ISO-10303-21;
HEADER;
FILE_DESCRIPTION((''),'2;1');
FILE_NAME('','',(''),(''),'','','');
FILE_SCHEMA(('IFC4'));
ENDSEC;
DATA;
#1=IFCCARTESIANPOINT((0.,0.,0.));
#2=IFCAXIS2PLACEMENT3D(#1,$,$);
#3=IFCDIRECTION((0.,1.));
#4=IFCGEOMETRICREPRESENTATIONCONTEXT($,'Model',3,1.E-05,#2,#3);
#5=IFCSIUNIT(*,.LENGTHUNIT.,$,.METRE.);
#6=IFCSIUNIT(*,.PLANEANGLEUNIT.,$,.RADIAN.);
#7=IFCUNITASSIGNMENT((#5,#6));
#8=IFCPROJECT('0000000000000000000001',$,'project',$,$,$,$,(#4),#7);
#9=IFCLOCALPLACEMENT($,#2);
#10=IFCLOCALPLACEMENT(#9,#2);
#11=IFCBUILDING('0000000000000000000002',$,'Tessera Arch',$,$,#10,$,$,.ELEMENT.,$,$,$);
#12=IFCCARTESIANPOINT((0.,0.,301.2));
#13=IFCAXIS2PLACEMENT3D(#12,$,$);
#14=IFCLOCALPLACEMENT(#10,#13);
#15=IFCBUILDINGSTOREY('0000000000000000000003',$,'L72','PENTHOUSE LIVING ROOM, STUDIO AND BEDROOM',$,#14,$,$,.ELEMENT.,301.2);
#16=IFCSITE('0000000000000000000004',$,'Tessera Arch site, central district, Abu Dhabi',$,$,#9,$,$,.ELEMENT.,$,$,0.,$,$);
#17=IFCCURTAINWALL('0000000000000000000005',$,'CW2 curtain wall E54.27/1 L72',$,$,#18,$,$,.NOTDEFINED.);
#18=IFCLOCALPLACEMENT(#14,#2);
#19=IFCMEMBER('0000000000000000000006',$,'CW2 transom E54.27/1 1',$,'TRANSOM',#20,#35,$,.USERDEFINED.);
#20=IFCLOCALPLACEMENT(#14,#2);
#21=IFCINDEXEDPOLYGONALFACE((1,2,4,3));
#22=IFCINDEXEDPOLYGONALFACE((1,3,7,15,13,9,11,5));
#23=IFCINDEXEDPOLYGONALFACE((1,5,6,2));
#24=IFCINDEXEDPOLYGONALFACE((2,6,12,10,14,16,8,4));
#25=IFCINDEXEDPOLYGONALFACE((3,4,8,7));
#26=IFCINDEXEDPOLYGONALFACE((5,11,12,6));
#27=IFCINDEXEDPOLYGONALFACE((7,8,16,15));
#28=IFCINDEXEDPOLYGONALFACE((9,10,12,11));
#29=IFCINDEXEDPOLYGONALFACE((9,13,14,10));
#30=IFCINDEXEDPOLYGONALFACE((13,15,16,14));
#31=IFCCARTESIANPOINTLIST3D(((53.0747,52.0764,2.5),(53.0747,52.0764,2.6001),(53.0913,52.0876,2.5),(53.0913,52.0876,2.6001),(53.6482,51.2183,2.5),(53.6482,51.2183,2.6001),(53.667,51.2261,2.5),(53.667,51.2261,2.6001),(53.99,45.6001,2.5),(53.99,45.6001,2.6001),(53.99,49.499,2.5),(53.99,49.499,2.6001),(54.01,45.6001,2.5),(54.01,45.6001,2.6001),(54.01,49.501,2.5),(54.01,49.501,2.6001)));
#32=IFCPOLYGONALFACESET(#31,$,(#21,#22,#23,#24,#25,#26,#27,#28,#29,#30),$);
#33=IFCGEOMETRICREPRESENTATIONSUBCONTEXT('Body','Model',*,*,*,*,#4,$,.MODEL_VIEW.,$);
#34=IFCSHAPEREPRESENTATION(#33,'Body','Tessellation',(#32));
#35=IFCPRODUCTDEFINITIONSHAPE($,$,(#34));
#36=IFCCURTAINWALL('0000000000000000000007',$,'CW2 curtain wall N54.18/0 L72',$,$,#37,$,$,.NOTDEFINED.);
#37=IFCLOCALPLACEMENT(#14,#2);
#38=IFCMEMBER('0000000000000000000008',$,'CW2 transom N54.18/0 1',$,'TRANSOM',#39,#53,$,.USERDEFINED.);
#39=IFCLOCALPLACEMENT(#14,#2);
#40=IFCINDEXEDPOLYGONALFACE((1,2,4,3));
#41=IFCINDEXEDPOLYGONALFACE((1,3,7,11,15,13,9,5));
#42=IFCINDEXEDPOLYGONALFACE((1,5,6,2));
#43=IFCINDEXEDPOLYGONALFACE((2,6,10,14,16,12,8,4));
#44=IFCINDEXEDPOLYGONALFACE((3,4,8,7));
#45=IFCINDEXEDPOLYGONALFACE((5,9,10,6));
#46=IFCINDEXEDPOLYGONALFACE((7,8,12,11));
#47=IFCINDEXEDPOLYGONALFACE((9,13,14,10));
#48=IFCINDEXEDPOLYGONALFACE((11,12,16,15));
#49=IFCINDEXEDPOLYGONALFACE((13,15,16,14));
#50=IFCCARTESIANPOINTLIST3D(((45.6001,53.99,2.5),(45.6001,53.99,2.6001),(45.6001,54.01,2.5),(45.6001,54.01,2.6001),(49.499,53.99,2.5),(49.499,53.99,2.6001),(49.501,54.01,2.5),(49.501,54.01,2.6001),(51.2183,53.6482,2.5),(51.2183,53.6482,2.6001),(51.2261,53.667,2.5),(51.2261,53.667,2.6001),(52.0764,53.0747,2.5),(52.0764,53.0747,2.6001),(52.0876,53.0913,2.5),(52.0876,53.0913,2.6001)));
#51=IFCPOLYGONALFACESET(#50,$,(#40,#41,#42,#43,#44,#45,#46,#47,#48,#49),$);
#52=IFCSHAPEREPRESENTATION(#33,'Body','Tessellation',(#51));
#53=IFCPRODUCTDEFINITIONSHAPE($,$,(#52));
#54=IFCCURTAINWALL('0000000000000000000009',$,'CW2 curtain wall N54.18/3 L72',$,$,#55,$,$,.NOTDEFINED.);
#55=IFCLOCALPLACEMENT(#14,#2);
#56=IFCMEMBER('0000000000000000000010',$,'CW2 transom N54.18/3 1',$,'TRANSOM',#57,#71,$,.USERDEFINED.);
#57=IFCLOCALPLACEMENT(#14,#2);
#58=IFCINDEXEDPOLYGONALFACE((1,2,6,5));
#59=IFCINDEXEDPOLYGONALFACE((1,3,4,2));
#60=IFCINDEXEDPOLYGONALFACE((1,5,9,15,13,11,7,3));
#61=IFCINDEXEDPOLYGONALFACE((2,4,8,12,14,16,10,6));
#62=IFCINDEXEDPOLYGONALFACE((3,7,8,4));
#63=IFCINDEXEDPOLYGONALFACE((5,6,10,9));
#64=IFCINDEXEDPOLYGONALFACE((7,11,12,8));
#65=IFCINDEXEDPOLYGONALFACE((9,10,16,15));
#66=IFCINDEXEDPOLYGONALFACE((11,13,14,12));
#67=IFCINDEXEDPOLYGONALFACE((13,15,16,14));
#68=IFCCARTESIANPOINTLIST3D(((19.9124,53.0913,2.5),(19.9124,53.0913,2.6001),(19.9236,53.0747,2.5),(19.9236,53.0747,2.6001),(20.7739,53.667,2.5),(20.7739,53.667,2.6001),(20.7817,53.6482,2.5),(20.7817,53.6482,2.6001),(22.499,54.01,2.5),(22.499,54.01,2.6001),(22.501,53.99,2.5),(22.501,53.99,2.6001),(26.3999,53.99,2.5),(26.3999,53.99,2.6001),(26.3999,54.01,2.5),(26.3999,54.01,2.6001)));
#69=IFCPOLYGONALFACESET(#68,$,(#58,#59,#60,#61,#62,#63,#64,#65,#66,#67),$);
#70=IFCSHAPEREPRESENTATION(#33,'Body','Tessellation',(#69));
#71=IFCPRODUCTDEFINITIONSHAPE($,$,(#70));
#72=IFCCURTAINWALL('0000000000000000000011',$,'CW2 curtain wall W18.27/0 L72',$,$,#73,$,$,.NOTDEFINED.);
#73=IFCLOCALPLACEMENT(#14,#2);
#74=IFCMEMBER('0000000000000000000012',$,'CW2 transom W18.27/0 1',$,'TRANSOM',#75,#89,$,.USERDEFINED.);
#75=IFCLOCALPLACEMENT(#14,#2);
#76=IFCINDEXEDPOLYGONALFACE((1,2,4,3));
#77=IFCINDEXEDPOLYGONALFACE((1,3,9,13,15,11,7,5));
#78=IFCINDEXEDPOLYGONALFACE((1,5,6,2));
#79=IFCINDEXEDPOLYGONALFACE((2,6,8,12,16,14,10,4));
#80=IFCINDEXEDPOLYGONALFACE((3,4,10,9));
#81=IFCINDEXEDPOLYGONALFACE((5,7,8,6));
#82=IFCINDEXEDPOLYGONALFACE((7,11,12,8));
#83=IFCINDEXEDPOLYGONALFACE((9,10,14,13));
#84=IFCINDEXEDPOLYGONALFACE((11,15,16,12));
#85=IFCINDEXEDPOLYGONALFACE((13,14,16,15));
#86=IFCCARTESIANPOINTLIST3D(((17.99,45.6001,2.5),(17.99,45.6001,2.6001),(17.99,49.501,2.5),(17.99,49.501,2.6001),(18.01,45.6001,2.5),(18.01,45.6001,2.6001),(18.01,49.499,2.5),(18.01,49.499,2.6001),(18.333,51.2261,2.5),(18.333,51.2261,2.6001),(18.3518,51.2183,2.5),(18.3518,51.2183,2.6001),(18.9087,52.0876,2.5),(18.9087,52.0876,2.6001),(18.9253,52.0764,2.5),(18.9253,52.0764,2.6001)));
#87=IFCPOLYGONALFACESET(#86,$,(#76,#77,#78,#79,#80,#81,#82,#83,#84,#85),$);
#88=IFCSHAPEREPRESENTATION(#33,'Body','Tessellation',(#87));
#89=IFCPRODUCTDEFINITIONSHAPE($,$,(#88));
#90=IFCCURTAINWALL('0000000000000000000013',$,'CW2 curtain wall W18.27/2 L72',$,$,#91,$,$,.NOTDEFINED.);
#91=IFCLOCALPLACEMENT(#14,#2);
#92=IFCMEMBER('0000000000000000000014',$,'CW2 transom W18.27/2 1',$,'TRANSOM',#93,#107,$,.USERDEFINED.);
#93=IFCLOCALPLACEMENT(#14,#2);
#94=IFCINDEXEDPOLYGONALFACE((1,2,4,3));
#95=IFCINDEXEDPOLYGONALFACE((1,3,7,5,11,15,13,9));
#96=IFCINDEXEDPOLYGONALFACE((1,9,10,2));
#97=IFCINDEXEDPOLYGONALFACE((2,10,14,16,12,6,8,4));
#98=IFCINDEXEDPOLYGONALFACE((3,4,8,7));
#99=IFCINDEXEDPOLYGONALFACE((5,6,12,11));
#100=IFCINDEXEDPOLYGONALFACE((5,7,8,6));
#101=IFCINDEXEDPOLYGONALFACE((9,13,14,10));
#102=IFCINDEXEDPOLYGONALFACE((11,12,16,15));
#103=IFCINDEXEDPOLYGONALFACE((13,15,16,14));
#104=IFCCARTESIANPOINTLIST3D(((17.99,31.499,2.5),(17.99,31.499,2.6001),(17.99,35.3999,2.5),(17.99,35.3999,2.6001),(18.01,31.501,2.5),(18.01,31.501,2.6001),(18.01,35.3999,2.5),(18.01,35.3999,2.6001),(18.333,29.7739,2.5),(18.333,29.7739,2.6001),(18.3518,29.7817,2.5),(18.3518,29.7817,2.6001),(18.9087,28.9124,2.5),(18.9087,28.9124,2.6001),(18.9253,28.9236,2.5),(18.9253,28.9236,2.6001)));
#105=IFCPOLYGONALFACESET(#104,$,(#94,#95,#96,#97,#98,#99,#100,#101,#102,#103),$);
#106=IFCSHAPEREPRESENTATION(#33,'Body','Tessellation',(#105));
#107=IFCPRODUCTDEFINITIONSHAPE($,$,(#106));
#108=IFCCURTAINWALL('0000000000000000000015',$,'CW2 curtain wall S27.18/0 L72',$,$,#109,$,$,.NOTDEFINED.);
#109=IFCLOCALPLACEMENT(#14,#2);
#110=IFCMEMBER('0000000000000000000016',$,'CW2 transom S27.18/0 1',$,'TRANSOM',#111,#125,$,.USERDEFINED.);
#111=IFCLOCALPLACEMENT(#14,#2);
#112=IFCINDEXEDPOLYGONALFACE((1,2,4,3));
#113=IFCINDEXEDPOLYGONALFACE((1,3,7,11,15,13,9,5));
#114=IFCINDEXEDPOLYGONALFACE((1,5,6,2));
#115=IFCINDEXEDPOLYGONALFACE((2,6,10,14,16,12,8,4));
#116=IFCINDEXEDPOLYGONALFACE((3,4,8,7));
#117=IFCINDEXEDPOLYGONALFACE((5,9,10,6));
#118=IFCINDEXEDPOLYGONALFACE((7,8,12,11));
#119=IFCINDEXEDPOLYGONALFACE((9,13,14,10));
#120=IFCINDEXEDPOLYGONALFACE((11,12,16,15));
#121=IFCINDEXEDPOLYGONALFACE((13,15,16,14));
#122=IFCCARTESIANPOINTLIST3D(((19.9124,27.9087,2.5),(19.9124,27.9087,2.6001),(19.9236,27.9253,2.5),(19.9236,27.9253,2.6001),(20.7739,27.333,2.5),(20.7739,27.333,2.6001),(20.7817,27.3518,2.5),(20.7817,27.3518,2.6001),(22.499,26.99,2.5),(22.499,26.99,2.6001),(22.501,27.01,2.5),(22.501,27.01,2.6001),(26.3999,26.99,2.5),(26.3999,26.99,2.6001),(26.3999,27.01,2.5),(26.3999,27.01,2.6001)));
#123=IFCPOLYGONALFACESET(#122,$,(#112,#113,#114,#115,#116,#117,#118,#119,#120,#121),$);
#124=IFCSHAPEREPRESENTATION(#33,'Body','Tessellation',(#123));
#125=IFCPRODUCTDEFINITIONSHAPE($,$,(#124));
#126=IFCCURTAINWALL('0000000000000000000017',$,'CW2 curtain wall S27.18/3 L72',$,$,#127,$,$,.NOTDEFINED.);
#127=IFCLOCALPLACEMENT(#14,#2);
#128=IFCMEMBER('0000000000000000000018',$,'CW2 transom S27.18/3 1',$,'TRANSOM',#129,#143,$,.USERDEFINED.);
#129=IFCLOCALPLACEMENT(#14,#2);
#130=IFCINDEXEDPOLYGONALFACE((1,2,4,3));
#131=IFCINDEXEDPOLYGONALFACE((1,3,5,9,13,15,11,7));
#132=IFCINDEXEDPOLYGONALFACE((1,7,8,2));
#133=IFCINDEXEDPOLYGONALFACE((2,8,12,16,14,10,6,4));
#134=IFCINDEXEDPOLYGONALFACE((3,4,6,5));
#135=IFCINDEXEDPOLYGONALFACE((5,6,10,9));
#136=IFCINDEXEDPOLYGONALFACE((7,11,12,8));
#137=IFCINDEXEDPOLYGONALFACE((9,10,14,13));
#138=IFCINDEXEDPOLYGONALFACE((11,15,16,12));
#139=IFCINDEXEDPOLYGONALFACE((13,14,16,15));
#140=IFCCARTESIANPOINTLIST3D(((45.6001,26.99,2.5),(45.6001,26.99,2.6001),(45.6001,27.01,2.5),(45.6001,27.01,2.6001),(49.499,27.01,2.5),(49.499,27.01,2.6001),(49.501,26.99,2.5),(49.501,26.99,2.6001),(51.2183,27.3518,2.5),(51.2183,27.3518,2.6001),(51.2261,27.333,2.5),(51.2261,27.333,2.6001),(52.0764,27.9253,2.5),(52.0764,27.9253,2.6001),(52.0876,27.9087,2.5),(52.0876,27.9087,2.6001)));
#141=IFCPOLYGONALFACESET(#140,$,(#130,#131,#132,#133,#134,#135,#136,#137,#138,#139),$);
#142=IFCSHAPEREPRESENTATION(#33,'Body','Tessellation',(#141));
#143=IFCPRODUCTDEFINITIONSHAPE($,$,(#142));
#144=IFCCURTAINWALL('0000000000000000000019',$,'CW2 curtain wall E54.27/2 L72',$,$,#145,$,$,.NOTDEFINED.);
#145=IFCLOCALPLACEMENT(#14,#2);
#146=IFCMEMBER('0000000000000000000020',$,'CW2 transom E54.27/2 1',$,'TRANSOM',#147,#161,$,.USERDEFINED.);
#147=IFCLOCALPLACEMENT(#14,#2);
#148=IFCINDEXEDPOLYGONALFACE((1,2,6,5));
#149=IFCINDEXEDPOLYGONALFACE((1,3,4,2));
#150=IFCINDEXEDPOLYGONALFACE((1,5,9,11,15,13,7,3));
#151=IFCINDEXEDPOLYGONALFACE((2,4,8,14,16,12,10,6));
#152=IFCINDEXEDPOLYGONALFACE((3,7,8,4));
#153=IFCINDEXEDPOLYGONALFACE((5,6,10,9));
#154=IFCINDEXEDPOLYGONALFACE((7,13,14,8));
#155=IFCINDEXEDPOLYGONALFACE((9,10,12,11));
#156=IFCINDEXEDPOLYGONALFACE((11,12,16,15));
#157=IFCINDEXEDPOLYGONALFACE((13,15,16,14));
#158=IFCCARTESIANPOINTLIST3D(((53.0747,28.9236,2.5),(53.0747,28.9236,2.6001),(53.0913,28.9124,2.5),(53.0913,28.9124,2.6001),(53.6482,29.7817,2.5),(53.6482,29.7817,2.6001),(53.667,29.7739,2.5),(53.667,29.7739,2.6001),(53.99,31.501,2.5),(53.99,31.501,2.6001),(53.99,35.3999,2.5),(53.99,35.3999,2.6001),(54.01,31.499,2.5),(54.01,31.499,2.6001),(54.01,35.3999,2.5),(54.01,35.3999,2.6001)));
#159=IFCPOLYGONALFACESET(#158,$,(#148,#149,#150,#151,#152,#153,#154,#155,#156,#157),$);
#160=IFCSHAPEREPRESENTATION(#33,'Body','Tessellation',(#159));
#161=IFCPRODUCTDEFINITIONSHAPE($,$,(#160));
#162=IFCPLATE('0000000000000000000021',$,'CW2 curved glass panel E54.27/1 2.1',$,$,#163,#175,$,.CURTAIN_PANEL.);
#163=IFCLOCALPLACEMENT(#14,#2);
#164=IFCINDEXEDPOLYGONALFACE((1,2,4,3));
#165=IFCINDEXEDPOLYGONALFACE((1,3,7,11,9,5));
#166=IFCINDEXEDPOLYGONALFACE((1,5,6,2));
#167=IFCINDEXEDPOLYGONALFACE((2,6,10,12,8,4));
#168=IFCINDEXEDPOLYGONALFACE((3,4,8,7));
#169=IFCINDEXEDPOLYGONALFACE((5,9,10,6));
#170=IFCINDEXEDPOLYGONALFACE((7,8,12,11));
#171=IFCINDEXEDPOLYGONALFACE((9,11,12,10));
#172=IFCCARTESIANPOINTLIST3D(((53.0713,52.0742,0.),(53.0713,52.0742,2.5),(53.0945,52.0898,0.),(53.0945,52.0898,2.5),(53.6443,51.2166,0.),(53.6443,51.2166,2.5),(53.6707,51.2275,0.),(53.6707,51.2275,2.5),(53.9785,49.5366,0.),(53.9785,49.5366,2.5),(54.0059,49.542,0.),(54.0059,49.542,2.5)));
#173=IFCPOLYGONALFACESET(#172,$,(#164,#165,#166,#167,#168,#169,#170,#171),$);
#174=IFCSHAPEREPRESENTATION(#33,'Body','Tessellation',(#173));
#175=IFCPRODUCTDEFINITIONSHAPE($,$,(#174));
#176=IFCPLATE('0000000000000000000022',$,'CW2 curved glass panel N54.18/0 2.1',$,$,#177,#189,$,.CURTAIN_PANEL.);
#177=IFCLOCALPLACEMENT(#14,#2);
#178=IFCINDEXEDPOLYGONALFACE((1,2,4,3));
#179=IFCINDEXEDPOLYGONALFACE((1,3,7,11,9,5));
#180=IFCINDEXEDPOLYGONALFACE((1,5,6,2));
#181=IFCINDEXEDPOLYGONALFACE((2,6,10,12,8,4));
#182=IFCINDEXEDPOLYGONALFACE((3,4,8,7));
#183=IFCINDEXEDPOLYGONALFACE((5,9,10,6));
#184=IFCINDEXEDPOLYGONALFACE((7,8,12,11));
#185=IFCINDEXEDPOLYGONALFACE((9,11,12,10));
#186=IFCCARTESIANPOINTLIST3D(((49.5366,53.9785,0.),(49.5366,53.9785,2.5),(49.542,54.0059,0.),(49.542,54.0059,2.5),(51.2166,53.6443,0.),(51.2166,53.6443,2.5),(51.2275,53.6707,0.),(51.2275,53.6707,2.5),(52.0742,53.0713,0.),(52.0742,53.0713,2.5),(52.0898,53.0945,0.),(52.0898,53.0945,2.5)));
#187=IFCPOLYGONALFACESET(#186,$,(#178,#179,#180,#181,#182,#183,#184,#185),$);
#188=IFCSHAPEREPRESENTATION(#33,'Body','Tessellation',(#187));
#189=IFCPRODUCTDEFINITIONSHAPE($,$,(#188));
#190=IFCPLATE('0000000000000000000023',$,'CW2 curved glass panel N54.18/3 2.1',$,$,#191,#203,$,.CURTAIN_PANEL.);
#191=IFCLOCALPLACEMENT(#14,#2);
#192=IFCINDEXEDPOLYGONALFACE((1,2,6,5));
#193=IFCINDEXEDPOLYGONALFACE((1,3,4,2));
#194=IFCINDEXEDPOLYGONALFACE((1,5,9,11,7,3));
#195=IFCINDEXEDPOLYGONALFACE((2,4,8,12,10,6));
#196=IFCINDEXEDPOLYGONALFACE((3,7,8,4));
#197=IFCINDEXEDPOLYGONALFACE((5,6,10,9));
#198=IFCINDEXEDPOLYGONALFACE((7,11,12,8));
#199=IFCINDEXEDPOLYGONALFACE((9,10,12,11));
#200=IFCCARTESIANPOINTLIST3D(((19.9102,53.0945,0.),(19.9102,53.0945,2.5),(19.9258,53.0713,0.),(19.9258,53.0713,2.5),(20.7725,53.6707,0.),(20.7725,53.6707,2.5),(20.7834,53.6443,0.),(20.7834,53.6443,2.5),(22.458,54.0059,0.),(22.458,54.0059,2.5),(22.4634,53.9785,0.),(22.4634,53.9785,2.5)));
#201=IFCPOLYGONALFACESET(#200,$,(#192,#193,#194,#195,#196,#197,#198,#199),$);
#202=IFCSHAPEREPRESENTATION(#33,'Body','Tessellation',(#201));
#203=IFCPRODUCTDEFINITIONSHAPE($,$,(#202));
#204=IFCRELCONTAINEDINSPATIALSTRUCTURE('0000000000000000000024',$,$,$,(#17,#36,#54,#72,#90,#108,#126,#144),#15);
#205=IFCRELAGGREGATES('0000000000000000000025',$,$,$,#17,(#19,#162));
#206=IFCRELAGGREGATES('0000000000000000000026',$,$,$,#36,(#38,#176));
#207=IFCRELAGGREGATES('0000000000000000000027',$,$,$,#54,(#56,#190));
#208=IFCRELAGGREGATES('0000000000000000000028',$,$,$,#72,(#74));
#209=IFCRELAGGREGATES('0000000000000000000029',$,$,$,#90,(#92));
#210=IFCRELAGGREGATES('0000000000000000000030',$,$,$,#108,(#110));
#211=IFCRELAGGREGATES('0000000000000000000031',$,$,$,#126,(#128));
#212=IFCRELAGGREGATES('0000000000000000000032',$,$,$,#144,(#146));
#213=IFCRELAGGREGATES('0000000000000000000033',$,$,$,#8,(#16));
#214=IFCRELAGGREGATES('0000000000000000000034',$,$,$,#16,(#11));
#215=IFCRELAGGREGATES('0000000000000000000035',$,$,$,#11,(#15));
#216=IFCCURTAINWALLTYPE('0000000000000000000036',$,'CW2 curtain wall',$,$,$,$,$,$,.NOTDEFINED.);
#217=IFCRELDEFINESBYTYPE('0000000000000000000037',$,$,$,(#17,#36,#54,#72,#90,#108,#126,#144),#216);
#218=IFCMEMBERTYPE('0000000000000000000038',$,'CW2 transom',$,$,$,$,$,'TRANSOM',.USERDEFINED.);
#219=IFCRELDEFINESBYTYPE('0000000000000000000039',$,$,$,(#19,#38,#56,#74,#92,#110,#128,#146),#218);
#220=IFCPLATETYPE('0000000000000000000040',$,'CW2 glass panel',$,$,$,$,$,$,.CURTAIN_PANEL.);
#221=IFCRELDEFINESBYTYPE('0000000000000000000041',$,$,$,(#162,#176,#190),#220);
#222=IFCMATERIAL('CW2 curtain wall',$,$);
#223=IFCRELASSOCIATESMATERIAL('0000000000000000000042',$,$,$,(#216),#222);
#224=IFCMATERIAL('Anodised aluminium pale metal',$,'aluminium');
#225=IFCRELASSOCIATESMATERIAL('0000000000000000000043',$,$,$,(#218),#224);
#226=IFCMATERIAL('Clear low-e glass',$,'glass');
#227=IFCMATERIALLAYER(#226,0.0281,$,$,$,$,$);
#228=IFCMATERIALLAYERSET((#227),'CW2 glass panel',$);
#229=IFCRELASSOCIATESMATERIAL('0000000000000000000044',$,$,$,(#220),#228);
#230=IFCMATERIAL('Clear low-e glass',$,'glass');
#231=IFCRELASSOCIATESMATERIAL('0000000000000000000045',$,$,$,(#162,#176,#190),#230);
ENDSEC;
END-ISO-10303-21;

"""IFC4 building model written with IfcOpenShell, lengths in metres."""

from ifc_helpers import new_model, si_unit, direction, frame, origin, origin_2d, place, context, subcontext, project, spatial, polyline, rectangle, outline, extrude, material, layer, layer_set, material_profile, profile_set, type_object, element, aggregate, save


model = new_model("IFC4")

# Units and contexts
model_context = context("Model", 3, precision=1e-05, world=origin(), true_north=direction((0.0, 1.0)))
body_context = subcontext(model_context, "Body", "Model", "MODEL_VIEW")
ifc_project = project(units=[si_unit("LENGTHUNIT", "METRE"), si_unit("PLANEANGLEUNIT", "RADIAN")], contexts=[model_context])

# Site, building, storey
site_placement = place(None, origin())
site = spatial("IfcSite", under=ifc_project, at=site_placement, Name="Tessera Arch site, central district, Abu Dhabi", CompositionType="ELEMENT", RefElevation=0.0)
building_placement = place(site_placement, origin())
building = spatial("IfcBuilding", under=site, at=building_placement, Name="Tessera Arch", CompositionType="ELEMENT")
storey_placement = place(building_placement, frame((0.0, 0.0, 301.2)))
storey = spatial("IfcBuildingStorey", under=building, at=storey_placement, Name="L72", Description="PENTHOUSE LIVING ROOM, STUDIO AND BEDROOM", CompositionType="ELEMENT", Elevation=301.2)

# Curtain walls, members
ifc_material_1 = material(Name="CW2 curtain wall")
curtain_wall_type = type_object("IfcCurtainWallType", Name="CW2 curtain wall", PredefinedType="NOTDEFINED", material=ifc_material_1)
curtain_wall_1_placement = place(storey_placement, origin())
curtain_wall_1 = element("IfcCurtainWall", 1, at=curtain_wall_1_placement, inside=storey, type_object=curtain_wall_type, Name="CW2 curtain wall E54.27/1 L72", PredefinedType="NOTDEFINED")
ifc_material_2 = material(Name="Anodised aluminium pale metal", Category="aluminium")
ifc_material_profile = material_profile(ifc_material_2, rectangle(XDim=0.2, YDim=0.1001, at=origin_2d()), Name="AL 200x100")
ifc_profile_set = profile_set([ifc_material_profile], Name="Anodised aluminium pale metal")
member_type = type_object("IfcMemberType", Name="CW2 transom", ElementType="TRANSOM", PredefinedType="USERDEFINED", material=ifc_profile_set)
member_1_placement = place(storey_placement, frame((0.0, 0.0, 2.5)))
member_1 = element("IfcMember", 2, at=member_1_placement, type_object=member_type, Name="CW2 transom E54.27/1 1", ObjectType="TRANSOM", PredefinedType="USERDEFINED", context=body_context, shape_type="SweptSolid", body=[
    extrude(outline(polyline([(53.99, 49.499), (53.99, 45.6001), (54.01, 45.6001), (54.01, 49.501), (53.667, 51.2261), (53.0913, 52.0876), (53.0747, 52.0764), (53.6482, 51.2183), (53.99, 49.499)])), origin(), (0.0, 0.0, 1.0), 0.1001),
])
curtain_wall_2_placement = place(storey_placement, origin())
curtain_wall_2 = element("IfcCurtainWall", 3, at=curtain_wall_2_placement, inside=storey, type_object=curtain_wall_type, Name="CW2 curtain wall N54.18/0 L72", PredefinedType="NOTDEFINED")
member_2_placement = place(storey_placement, frame((0.0, 0.0, 2.5)))
member_2 = element("IfcMember", 4, at=member_2_placement, type_object=member_type, Name="CW2 transom N54.18/0 1", ObjectType="TRANSOM", PredefinedType="USERDEFINED", context=body_context, shape_type="SweptSolid", body=[
    extrude(outline(polyline([(51.2183, 53.6482), (52.0764, 53.0747), (52.0876, 53.0913), (51.2261, 53.667), (49.501, 54.01), (45.6001, 54.01), (45.6001, 53.99), (49.499, 53.99), (51.2183, 53.6482)])), origin(), (0.0, 0.0, 1.0), 0.1001),
])
curtain_wall_3_placement = place(storey_placement, origin())
curtain_wall_3 = element("IfcCurtainWall", 5, at=curtain_wall_3_placement, inside=storey, type_object=curtain_wall_type, Name="CW2 curtain wall N54.18/3 L72", PredefinedType="NOTDEFINED")
member_3_placement = place(storey_placement, frame((0.0, 0.0, 2.5)))
member_3 = element("IfcMember", 6, at=member_3_placement, type_object=member_type, Name="CW2 transom N54.18/3 1", ObjectType="TRANSOM", PredefinedType="USERDEFINED", context=body_context, shape_type="SweptSolid", body=[
    extrude(outline(polyline([(22.501, 53.99), (26.3999, 53.99), (26.3999, 54.01), (22.499, 54.01), (20.7739, 53.667), (19.9124, 53.0913), (19.9236, 53.0747), (20.7817, 53.6482), (22.501, 53.99)])), origin(), (0.0, 0.0, 1.0), 0.1001),
])
curtain_wall_4_placement = place(storey_placement, origin())
curtain_wall_4 = element("IfcCurtainWall", 7, at=curtain_wall_4_placement, inside=storey, type_object=curtain_wall_type, Name="CW2 curtain wall W18.27/0 L72", PredefinedType="NOTDEFINED")
member_4_placement = place(storey_placement, frame((0.0, 0.0, 2.5)))
member_4 = element("IfcMember", 8, at=member_4_placement, type_object=member_type, Name="CW2 transom W18.27/0 1", ObjectType="TRANSOM", PredefinedType="USERDEFINED", context=body_context, shape_type="SweptSolid", body=[
    extrude(outline(polyline([(18.3518, 51.2183), (18.9253, 52.0764), (18.9087, 52.0876), (18.333, 51.2261), (17.99, 49.501), (17.99, 45.6001), (18.01, 45.6001), (18.01, 49.499), (18.3518, 51.2183)])), origin(), (0.0, 0.0, 1.0), 0.1001),
])
curtain_wall_5_placement = place(storey_placement, origin())
curtain_wall_5 = element("IfcCurtainWall", 9, at=curtain_wall_5_placement, inside=storey, type_object=curtain_wall_type, Name="CW2 curtain wall W18.27/2 L72", PredefinedType="NOTDEFINED")
member_5_placement = place(storey_placement, frame((0.0, 0.0, 2.5)))
member_5 = element("IfcMember", 10, at=member_5_placement, type_object=member_type, Name="CW2 transom W18.27/2 1", ObjectType="TRANSOM", PredefinedType="USERDEFINED", context=body_context, shape_type="SweptSolid", body=[
    extrude(outline(polyline([(18.01, 31.501), (18.01, 35.3999), (17.99, 35.3999), (17.99, 31.499), (18.333, 29.7739), (18.9087, 28.9124), (18.9253, 28.9236), (18.3518, 29.7817), (18.01, 31.501)])), origin(), (0.0, 0.0, 1.0), 0.1001),
])
curtain_wall_6_placement = place(storey_placement, origin())
curtain_wall_6 = element("IfcCurtainWall", 11, at=curtain_wall_6_placement, inside=storey, type_object=curtain_wall_type, Name="CW2 curtain wall S27.18/0 L72", PredefinedType="NOTDEFINED")
member_6_placement = place(storey_placement, frame((0.0, 0.0, 2.5)))
member_6 = element("IfcMember", 12, at=member_6_placement, type_object=member_type, Name="CW2 transom S27.18/0 1", ObjectType="TRANSOM", PredefinedType="USERDEFINED", context=body_context, shape_type="SweptSolid", body=[
    extrude(outline(polyline([(20.7817, 27.3518), (19.9236, 27.9253), (19.9124, 27.9087), (20.7739, 27.333), (22.499, 26.99), (26.3999, 26.99), (26.3999, 27.01), (22.501, 27.01), (20.7817, 27.3518)])), origin(), (0.0, 0.0, 1.0), 0.1001),
])
curtain_wall_7_placement = place(storey_placement, origin())
curtain_wall_7 = element("IfcCurtainWall", 13, at=curtain_wall_7_placement, inside=storey, type_object=curtain_wall_type, Name="CW2 curtain wall S27.18/3 L72", PredefinedType="NOTDEFINED")
member_7_placement = place(storey_placement, frame((0.0, 0.0, 2.5)))
member_7 = element("IfcMember", 14, at=member_7_placement, type_object=member_type, Name="CW2 transom S27.18/3 1", ObjectType="TRANSOM", PredefinedType="USERDEFINED", context=body_context, shape_type="SweptSolid", body=[
    extrude(outline(polyline([(49.499, 27.01), (45.6001, 27.01), (45.6001, 26.99), (49.501, 26.99), (51.2261, 27.333), (52.0876, 27.9087), (52.0764, 27.9253), (51.2183, 27.3518), (49.499, 27.01)])), origin(), (0.0, 0.0, 1.0), 0.1001),
])
curtain_wall_8_placement = place(storey_placement, origin())
curtain_wall_8 = element("IfcCurtainWall", 15, at=curtain_wall_8_placement, inside=storey, type_object=curtain_wall_type, Name="CW2 curtain wall E54.27/2 L72", PredefinedType="NOTDEFINED")
member_8_placement = place(storey_placement, frame((0.0, 0.0, 2.5)))
member_8 = element("IfcMember", 16, at=member_8_placement, type_object=member_type, Name="CW2 transom E54.27/2 1", ObjectType="TRANSOM", PredefinedType="USERDEFINED", context=body_context, shape_type="SweptSolid", body=[
    extrude(outline(polyline([(53.6482, 29.7817), (53.0747, 28.9236), (53.0913, 28.9124), (53.667, 29.7739), (54.01, 31.499), (54.01, 35.3999), (53.99, 35.3999), (53.99, 31.501), (53.6482, 29.7817)])), origin(), (0.0, 0.0, 1.0), 0.1001),
])

# Plates
ifc_material_3 = material(Name="Clear low-e glass", Category="glass")
ifc_material_4 = material(Name="Clear low-e glass", Category="glass")
ifc_layer_1 = layer(ifc_material_4, 0.0281)
ifc_layer_set_1 = layer_set([ifc_layer_1], Name="CW2 glass panel")
plate_type_1 = type_object("IfcPlateType", Name="CW2 glass panel", PredefinedType="CURTAIN_PANEL", material=ifc_layer_set_1)
plate_1_placement = place(storey_placement, origin())
plate_1 = element("IfcPlate", 17, at=plate_1_placement, type_object=plate_type_1, material=ifc_material_3, Name="CW2 curved glass panel E54.27/1 2.1", PredefinedType="CURTAIN_PANEL", context=body_context, shape_type="SweptSolid", body=[
    extrude(outline(polyline([(53.6443, 51.2166), (53.9785, 49.5366), (54.0059, 49.542), (53.6707, 51.2275), (53.0945, 52.0898), (53.0713, 52.0742), (53.6443, 51.2166)])), origin(), (0.0, 0.0, 1.0), 2.5),
])
plate_2_placement = place(storey_placement, origin())
plate_2 = element("IfcPlate", 18, at=plate_2_placement, type_object=plate_type_1, material=ifc_material_3, Name="CW2 curved glass panel N54.18/0 2.1", PredefinedType="CURTAIN_PANEL", context=body_context, shape_type="SweptSolid", body=[
    extrude(outline(polyline([(51.2166, 53.6443), (52.0742, 53.0713), (52.0898, 53.0945), (51.2275, 53.6707), (49.542, 54.0059), (49.5366, 53.9785), (51.2166, 53.6443)])), origin(), (0.0, 0.0, 1.0), 2.5),
])
plate_3_placement = place(storey_placement, origin())
plate_3 = element("IfcPlate", 19, at=plate_3_placement, type_object=plate_type_1, material=ifc_material_3, Name="CW2 curved glass panel N54.18/3 2.1", PredefinedType="CURTAIN_PANEL", context=body_context, shape_type="SweptSolid", body=[
    extrude(outline(polyline([(20.7834, 53.6443), (22.4634, 53.9785), (22.458, 54.0059), (20.7725, 53.6707), (19.9102, 53.0945), (19.9258, 53.0713), (20.7834, 53.6443)])), origin(), (0.0, 0.0, 1.0), 2.5),
])
aggregate(curtain_wall_1, [member_1, plate_1])
aggregate(curtain_wall_2, [member_2, plate_2])
aggregate(curtain_wall_3, [member_3, plate_3])
aggregate(curtain_wall_4, [member_4])
aggregate(curtain_wall_5, [member_5])
aggregate(curtain_wall_6, [member_6])
aggregate(curtain_wall_7, [member_7])
aggregate(curtain_wall_8, [member_8])

save(model, "model.ifc")
